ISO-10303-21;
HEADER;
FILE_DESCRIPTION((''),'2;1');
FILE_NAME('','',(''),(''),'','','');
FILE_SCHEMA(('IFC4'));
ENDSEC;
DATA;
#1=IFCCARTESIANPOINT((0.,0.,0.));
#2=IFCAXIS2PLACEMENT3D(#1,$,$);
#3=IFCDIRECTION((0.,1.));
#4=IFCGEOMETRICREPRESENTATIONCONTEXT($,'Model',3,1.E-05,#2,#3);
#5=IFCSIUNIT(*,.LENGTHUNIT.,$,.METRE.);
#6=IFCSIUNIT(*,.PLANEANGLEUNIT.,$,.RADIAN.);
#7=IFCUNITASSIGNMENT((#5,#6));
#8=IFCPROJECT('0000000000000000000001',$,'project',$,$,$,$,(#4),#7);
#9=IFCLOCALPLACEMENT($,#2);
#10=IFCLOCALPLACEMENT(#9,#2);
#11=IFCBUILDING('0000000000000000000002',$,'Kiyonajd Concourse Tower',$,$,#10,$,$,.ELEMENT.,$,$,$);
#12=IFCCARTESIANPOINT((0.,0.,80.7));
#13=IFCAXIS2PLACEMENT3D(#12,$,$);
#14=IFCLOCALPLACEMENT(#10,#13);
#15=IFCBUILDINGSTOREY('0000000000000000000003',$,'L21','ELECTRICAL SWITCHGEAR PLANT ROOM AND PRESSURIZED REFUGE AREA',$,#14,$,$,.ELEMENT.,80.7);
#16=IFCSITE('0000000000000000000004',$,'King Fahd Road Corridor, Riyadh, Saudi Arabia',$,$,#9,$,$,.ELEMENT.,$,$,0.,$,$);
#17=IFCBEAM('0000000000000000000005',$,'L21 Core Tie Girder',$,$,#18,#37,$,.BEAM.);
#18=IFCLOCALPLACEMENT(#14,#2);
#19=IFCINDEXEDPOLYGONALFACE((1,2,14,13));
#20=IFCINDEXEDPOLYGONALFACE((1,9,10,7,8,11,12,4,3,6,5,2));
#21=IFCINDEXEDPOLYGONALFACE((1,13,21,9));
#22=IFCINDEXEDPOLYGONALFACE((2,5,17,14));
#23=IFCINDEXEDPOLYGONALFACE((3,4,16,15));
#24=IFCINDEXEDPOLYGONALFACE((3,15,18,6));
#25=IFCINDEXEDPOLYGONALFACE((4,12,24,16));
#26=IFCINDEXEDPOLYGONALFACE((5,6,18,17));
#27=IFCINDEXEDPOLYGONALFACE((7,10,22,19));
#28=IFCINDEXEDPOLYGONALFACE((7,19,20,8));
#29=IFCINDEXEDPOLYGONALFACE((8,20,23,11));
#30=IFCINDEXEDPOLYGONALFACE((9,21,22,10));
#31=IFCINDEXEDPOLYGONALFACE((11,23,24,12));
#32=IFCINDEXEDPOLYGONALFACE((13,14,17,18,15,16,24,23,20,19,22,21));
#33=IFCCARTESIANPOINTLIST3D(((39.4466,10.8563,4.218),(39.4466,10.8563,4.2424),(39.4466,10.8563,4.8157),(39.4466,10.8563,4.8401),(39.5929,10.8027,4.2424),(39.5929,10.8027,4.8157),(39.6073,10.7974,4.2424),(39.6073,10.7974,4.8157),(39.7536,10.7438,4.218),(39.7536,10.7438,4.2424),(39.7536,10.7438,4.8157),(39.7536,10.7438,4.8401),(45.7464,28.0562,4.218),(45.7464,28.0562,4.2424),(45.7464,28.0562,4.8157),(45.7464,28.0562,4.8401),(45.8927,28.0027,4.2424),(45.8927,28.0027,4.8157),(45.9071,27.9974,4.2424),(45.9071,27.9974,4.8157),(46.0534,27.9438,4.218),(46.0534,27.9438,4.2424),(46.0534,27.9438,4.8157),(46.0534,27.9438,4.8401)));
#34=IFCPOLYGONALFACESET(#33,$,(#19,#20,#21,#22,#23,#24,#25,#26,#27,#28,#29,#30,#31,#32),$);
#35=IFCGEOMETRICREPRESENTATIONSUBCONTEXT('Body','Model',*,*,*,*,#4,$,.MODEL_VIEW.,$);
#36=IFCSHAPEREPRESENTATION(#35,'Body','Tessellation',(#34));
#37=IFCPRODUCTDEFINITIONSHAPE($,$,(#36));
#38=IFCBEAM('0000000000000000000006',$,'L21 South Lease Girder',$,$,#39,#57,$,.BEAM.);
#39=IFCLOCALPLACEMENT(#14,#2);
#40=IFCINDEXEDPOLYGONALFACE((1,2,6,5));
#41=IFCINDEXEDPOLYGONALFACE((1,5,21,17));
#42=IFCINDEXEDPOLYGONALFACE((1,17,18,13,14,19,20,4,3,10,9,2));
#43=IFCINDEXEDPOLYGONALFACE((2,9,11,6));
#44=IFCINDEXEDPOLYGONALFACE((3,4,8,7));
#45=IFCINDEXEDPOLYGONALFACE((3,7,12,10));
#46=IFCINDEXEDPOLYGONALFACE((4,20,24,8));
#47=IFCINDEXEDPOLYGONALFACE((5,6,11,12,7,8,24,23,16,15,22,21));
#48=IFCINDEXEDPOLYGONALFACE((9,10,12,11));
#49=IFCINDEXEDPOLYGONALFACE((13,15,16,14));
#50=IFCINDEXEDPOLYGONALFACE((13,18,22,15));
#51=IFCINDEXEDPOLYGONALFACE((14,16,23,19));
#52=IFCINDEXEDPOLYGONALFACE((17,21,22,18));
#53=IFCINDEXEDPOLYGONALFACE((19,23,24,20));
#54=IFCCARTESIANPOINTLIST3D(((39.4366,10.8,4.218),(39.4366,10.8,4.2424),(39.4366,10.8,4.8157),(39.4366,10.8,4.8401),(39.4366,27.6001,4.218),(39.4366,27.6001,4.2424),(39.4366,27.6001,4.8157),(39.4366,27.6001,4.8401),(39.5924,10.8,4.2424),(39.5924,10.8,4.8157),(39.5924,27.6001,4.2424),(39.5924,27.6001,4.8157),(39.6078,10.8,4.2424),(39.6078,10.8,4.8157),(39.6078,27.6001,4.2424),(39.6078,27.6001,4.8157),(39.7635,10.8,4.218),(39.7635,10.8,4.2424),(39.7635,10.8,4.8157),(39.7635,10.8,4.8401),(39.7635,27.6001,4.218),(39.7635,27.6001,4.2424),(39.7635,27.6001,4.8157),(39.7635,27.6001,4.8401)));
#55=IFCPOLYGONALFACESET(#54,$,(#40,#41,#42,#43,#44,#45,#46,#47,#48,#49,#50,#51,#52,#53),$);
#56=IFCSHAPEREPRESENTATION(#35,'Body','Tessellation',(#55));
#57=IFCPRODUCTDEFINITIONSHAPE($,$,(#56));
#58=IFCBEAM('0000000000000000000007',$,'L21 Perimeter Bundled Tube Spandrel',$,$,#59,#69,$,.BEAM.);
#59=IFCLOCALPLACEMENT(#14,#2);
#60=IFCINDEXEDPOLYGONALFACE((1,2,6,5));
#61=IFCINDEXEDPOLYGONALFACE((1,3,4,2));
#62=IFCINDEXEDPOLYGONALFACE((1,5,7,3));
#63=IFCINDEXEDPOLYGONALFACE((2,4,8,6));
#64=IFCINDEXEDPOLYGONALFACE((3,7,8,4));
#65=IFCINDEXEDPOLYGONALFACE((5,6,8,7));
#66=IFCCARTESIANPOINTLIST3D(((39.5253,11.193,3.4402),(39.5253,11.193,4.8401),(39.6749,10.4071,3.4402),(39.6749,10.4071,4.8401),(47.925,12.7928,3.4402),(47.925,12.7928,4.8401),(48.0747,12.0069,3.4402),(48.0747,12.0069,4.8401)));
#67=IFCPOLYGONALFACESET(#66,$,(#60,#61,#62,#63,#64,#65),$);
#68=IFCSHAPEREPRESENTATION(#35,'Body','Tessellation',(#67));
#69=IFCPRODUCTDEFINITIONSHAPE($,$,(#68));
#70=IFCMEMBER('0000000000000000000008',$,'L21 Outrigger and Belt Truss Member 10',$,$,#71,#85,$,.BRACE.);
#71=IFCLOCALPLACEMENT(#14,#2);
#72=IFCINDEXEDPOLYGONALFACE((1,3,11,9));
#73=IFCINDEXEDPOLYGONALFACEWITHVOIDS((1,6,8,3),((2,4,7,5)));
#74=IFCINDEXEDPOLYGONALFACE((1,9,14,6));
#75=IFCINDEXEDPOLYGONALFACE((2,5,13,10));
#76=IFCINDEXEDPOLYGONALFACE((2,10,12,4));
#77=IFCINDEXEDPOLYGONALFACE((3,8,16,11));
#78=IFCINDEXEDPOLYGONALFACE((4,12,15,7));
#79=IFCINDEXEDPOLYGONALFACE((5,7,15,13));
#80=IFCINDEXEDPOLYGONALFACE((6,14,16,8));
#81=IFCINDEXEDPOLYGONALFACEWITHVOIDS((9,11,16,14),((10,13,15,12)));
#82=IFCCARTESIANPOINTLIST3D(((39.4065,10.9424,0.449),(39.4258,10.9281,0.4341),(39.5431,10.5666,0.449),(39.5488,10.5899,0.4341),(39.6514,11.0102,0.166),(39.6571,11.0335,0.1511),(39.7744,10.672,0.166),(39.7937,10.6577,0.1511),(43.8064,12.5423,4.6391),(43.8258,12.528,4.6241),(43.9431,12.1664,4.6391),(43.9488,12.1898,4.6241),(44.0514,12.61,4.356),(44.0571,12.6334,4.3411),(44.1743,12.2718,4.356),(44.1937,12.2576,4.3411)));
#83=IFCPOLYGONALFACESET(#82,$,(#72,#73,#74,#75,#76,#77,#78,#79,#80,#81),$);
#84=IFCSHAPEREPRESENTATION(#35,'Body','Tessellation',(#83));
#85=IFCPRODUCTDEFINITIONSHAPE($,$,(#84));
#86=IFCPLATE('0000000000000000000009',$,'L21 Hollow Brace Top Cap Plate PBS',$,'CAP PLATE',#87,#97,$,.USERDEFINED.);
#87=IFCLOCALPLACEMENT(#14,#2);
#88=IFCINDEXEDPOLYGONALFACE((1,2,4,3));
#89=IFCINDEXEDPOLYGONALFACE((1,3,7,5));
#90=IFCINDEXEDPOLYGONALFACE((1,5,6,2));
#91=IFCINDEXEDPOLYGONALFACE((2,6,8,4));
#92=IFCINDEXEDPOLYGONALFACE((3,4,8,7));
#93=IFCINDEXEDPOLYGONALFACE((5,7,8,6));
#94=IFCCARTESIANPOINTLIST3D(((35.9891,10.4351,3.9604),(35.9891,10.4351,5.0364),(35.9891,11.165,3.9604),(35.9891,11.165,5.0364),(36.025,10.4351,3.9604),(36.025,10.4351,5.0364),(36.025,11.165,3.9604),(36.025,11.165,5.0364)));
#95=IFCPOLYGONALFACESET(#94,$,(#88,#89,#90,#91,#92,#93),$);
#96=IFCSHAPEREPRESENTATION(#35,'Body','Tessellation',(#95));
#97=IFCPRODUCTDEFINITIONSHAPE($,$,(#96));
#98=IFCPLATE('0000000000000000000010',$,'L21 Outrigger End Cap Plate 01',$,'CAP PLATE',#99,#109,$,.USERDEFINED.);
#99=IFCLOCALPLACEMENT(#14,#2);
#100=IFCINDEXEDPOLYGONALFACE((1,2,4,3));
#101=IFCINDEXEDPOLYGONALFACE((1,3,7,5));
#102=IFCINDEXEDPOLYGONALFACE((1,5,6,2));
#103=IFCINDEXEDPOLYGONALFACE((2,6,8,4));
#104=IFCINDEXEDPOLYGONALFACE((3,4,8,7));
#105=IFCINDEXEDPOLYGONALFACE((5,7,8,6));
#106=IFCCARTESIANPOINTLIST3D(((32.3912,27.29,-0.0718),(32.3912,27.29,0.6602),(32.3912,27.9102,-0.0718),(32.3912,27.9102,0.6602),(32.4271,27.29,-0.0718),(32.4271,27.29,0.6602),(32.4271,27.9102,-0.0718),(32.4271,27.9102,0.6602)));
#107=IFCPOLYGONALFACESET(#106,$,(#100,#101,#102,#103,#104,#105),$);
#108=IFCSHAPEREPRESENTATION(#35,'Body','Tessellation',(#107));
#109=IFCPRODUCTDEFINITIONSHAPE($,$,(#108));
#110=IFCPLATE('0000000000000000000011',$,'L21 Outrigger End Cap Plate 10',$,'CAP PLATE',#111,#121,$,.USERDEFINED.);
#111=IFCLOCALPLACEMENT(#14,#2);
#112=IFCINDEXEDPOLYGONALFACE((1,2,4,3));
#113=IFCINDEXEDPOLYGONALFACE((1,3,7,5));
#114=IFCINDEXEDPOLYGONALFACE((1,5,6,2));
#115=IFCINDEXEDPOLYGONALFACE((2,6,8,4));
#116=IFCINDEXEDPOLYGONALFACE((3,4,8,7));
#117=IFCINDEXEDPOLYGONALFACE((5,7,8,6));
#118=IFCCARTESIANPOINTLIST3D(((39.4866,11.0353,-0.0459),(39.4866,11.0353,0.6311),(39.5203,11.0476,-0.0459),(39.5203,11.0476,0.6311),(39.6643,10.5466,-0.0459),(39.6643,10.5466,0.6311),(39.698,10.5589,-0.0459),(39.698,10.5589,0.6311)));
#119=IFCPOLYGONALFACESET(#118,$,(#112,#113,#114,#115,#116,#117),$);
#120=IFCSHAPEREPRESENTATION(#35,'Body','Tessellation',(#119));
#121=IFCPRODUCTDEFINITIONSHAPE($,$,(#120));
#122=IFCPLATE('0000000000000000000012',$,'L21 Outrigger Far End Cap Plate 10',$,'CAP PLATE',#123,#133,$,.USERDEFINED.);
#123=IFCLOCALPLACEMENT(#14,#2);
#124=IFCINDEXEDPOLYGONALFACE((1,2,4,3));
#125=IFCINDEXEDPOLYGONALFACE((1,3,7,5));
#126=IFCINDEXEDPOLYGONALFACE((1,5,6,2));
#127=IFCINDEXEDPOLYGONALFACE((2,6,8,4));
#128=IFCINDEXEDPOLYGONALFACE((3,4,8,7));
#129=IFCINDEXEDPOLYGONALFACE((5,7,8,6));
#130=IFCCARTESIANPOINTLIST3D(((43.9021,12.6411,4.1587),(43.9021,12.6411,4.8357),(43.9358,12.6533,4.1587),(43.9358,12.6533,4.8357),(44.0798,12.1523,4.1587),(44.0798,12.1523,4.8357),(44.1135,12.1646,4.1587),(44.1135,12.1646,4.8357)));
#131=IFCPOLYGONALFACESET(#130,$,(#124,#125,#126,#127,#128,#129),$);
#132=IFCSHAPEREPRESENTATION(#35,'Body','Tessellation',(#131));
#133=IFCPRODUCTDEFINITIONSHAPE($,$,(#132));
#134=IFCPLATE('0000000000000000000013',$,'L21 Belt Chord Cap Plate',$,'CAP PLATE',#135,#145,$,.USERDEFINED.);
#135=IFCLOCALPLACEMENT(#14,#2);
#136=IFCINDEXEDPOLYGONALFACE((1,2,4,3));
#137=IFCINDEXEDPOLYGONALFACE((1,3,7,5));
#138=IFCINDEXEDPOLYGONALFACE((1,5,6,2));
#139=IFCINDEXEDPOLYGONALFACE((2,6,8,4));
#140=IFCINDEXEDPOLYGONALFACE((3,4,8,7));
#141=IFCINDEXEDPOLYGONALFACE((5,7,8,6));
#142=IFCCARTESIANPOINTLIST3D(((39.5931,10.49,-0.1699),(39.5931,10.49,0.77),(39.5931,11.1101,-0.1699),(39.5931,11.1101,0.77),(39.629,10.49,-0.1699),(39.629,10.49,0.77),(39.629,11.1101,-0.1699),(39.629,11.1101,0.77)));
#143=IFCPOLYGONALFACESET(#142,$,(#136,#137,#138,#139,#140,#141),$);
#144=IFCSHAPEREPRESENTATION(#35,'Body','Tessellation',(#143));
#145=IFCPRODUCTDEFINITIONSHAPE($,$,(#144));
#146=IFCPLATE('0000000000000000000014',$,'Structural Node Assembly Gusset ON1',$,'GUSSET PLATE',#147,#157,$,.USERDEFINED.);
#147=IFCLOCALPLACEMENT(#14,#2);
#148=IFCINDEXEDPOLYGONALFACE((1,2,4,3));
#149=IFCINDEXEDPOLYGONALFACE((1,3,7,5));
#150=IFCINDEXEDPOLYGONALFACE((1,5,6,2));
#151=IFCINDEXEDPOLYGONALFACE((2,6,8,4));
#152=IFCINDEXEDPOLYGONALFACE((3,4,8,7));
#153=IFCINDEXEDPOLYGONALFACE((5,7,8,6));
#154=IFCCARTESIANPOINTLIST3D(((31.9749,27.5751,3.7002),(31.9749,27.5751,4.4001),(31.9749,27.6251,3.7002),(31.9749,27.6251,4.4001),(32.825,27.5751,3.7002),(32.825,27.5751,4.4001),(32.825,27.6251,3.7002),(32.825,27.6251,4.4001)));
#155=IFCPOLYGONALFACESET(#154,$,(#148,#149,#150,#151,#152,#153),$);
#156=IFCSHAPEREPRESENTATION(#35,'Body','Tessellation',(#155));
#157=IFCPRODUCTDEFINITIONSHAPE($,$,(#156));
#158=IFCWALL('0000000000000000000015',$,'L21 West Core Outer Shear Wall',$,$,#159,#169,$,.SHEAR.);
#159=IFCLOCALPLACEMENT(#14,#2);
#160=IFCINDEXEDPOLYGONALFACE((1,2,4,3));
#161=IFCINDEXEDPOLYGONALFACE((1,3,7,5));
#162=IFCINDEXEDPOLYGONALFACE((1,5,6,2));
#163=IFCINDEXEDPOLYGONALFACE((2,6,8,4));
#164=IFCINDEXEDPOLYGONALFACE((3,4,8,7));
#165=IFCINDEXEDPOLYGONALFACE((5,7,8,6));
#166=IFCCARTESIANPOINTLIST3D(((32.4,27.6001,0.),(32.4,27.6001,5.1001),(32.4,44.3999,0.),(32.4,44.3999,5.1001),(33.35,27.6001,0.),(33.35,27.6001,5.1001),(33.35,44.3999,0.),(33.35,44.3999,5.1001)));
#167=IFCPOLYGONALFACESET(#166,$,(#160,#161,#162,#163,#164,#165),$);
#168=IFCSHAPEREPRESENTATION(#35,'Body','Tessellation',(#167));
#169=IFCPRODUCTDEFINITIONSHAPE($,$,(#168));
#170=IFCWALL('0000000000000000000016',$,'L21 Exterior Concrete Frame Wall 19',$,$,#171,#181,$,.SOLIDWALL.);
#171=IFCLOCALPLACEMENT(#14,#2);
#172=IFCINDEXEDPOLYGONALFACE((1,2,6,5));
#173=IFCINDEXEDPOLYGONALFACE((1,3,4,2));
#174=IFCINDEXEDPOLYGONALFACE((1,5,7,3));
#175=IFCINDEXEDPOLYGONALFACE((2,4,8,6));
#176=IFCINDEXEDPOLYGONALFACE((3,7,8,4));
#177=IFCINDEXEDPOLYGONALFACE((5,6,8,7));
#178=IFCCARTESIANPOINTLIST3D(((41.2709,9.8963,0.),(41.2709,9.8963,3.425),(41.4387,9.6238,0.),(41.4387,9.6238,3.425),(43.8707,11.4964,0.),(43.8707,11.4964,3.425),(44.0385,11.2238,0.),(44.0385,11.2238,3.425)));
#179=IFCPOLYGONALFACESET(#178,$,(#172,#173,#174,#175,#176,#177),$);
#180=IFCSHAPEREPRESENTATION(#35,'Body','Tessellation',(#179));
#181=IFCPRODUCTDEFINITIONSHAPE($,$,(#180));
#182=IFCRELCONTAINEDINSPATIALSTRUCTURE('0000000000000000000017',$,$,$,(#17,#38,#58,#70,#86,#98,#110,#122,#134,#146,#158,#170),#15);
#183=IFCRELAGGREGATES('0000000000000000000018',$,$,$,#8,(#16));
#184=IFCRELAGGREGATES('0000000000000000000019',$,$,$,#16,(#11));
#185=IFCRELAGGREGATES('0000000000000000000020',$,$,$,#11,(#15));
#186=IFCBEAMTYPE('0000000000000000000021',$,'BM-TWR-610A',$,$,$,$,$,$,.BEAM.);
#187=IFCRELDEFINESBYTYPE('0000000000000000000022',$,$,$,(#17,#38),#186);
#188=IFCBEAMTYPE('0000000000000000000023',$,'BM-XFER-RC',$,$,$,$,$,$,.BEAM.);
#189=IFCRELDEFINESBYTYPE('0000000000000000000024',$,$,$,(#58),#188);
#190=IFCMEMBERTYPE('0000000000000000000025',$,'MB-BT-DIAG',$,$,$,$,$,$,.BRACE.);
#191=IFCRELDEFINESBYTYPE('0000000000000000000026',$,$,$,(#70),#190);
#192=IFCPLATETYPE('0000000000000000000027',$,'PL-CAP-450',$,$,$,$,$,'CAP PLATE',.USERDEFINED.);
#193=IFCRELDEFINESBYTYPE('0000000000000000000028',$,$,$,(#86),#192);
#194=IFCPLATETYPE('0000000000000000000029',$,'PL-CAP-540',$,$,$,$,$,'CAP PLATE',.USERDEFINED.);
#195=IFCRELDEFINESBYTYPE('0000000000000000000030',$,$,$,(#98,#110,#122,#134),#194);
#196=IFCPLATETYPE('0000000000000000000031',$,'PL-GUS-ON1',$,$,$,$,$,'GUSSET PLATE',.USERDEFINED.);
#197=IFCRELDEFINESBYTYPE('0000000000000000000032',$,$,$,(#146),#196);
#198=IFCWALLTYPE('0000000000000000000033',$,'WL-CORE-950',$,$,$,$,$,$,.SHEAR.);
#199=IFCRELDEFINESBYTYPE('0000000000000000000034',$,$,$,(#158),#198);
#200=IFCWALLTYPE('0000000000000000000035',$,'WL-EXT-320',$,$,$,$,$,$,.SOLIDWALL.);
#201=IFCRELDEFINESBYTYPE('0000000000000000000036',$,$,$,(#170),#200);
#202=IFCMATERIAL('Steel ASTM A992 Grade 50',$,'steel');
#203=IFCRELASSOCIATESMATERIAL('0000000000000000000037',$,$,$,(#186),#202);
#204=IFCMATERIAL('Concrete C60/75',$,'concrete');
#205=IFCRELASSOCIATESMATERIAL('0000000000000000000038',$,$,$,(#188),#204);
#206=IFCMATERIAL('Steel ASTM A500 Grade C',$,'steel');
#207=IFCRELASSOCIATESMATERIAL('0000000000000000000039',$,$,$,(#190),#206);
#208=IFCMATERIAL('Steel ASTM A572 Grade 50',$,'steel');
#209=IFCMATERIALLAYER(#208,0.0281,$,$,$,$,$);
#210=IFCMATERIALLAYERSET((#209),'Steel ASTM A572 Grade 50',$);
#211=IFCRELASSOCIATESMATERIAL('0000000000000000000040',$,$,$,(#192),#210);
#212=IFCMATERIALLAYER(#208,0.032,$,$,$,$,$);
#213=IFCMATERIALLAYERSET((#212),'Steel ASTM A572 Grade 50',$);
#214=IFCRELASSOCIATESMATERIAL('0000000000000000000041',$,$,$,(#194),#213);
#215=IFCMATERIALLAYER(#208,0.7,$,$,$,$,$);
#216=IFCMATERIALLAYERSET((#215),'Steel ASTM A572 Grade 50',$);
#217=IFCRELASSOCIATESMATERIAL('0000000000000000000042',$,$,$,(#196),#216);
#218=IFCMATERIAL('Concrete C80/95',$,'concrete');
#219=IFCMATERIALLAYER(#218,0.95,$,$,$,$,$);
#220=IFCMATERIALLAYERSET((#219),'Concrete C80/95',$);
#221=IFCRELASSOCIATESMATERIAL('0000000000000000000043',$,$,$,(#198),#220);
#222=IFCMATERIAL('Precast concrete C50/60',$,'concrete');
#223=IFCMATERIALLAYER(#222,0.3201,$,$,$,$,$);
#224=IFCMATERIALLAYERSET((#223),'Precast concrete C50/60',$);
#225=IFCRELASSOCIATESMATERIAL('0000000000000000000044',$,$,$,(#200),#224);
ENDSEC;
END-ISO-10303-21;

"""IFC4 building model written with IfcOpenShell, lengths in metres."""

from ifc_helpers import new_model, si_unit, direction, frame, frame_2d, origin, origin_2d, place, context, subcontext, project, spatial, rectangle, hollow_rectangle, i_section, extrude, material, layer, layer_set, material_profile, profile_set, type_object, element, save


model = new_model("IFC4")

# Units and contexts
model_context = context("Model", 3, precision=1e-05, world=origin(), true_north=direction((0.0, 1.0)))
body_context = subcontext(model_context, "Body", "Model", "MODEL_VIEW")
ifc_project = project(units=[si_unit("LENGTHUNIT", "METRE"), si_unit("PLANEANGLEUNIT", "RADIAN")], contexts=[model_context])

# Site, building, storey
site_placement = place(None, origin())
site = spatial("IfcSite", under=ifc_project, at=site_placement, Name="King Fahd Road Corridor, Riyadh, Saudi Arabia", CompositionType="ELEMENT", RefElevation=0.0)
building_placement = place(site_placement, origin())
building = spatial("IfcBuilding", under=site, at=building_placement, Name="Kiyonajd Concourse Tower", CompositionType="ELEMENT")
storey_placement = place(building_placement, frame((0.0, 0.0, 80.7)))
storey = spatial("IfcBuildingStorey", under=building, at=storey_placement, Name="L21", Description="ELECTRICAL SWITCHGEAR PLANT ROOM AND PRESSURIZED REFUGE AREA", CompositionType="ELEMENT", Elevation=80.7)

# Shared definitions
ifc_material_1 = material(Name="Concrete C80/95", Category="concrete")

# Beams
ifc_material_2 = material(Name="Steel ASTM A992 Grade 50", Category="steel")
ifc_material_profile_1 = material_profile(ifc_material_2, i_section(OverallWidth=0.3269, OverallDepth=0.6221, WebThickness=0.0154, FlangeThickness=0.0244, at=origin_2d()), Name="W610X195")
ifc_profile_set_1 = profile_set([ifc_material_profile_1], Name="Steel ASTM A992 Grade 50")
beam_type_1 = type_object("IfcBeamType", Name="BM-TWR-610A", PredefinedType="BEAM", material=ifc_profile_set_1)
beam_1_placement = place(storey_placement, frame((39.6001, 10.8, 4.5291), z_axis=(0.343925, 0.938997, 0.0), x_axis=(-0.938997, 0.343925, 0.0)))
element("IfcBeam", 1, at=beam_1_placement, inside=storey, type_object=beam_type_1, Name="L21 Core Tie Girder", PredefinedType="BEAM", context=body_context, shape_type="SweptSolid", body=[
    extrude(i_section(OverallWidth=0.3269, OverallDepth=0.6221, WebThickness=0.0154, FlangeThickness=0.0244, at=origin_2d()), origin(), (0.0, 0.0, 1.0), 18.3174),
])
beam_2_placement = place(storey_placement, frame((39.6001, 10.8, 4.5291), z_axis=(0.0, 1.0, 0.0), x_axis=(-1.0, 0.0, 0.0)))
element("IfcBeam", 2, at=beam_2_placement, inside=storey, type_object=beam_type_1, Name="L21 South Lease Girder", PredefinedType="BEAM", context=body_context, shape_type="SweptSolid", body=[
    extrude(i_section(OverallWidth=0.3269, OverallDepth=0.6221, WebThickness=0.0154, FlangeThickness=0.0244, at=origin_2d()), origin(), (0.0, 0.0, 1.0), 16.8),
])
ifc_material_3 = material(Name="Concrete C60/75", Category="concrete")
ifc_material_profile_2 = material_profile(ifc_material_3, rectangle(XDim=0.8, YDim=1.3999, at=origin_2d()), Name="RCBM-800x1400")
ifc_profile_set_2 = profile_set([ifc_material_profile_2], Name="Concrete C60/75")
beam_type_2 = type_object("IfcBeamType", Name="BM-XFER-RC", PredefinedType="BEAM", material=ifc_profile_set_2)
beam_3_placement = place(storey_placement, frame((39.6001, 10.8, 4.1401), z_axis=(0.982341, 0.187098, 0.0), x_axis=(-0.187098, 0.982341, 0.0)))
element("IfcBeam", 3, at=beam_3_placement, inside=storey, type_object=beam_type_2, Name="L21 Perimeter Bundled Tube Spandrel", PredefinedType="BEAM", context=body_context, shape_type="SweptSolid", body=[
    extrude(rectangle(XDim=0.8, YDim=1.3999, at=origin_2d()), origin(), (0.0, 0.0, 1.0), 8.5508),
])

# Member
ifc_material_4 = material(Name="Steel ASTM A500 Grade C", Category="steel")
ifc_material_profile_3 = material_profile(ifc_material_4, hollow_rectangle(XDim=0.3999, YDim=0.3999, WallThickness=0.02, at=origin_2d()), Name="HSS-400x400x20")
ifc_profile_set_3 = profile_set([ifc_material_profile_3], Name="Steel ASTM A500 Grade C")
member_type = type_object("IfcMemberType", Name="MB-BT-DIAG", PredefinedType="BRACE", material=ifc_profile_set_3)
member_placement = place(storey_placement, frame((39.6001, 10.8, 0.3), z_axis=(0.700303, 0.254638, 0.666885), x_axis=(-0.341722, 0.939801, 0.0)))
element("IfcMember", 4, at=member_placement, inside=storey, type_object=member_type, Name="L21 Outrigger and Belt Truss Member 10", PredefinedType="BRACE", context=body_context, shape_type="SweptSolid", body=[
    extrude(hollow_rectangle(XDim=0.3999, YDim=0.3999, WallThickness=0.02, at=origin_2d()), origin(), (0.0, 0.0, 1.0), 6.283),
])

# Plates
ifc_material_5 = material(Name="Steel ASTM A572 Grade 50", Category="steel")
ifc_layer_1 = layer(ifc_material_5, 0.0281)
ifc_layer_set_1 = layer_set([ifc_layer_1], Name="Steel ASTM A572 Grade 50")
plate_type_1 = type_object("IfcPlateType", Name="PL-CAP-450", ElementType="CAP PLATE", PredefinedType="USERDEFINED", material=ifc_layer_set_1)
plate_1_placement = place(storey_placement, frame((36.0071, 10.8, 3.9604), z_axis=(0.0, 0.0, 1.0), x_axis=(1.0, 0.0, 0.0)))
element("IfcPlate", 5, at=plate_1_placement, inside=storey, type_object=plate_type_1, Name="L21 Hollow Brace Top Cap Plate PBS", ObjectType="CAP PLATE", PredefinedType="USERDEFINED", context=body_context, shape_type="SweptSolid", body=[
    extrude(rectangle(XDim=0.0359, YDim=0.73, at=origin_2d()), origin(), (0.0, 0.0, 1.0), 1.0759),
])
ifc_layer_2 = layer(ifc_material_5, 0.032)
ifc_layer_set_2 = layer_set([ifc_layer_2], Name="Steel ASTM A572 Grade 50")
plate_type_2 = type_object("IfcPlateType", Name="PL-CAP-540", ElementType="CAP PLATE", PredefinedType="USERDEFINED", material=ifc_layer_set_2)
plate_2_placement = place(storey_placement, frame((32.4092, 27.6001, -0.0718), z_axis=(0.0, 0.0, 1.0), x_axis=(1.0, 0.0, 0.0)))
element("IfcPlate", 6, at=plate_2_placement, inside=storey, type_object=plate_type_2, Name="L21 Outrigger End Cap Plate 01", ObjectType="CAP PLATE", PredefinedType="USERDEFINED", context=body_context, shape_type="SweptSolid", body=[
    extrude(rectangle(XDim=0.0359, YDim=0.6201, at=origin_2d()), origin(), (0.0, 0.0, 1.0), 0.7319),
])
for number, where, z_axis, x_axis, name in (
    (7, (39.5923, 10.7971, -0.0459), (0.0, 0.0, 1.0), (-0.939812, -0.341692, 0.0), "L21 Outrigger End Cap Plate 10"),
    (8, (44.0078, 12.4028, 4.1587), (0.0, 0.0, 1.0), (0.939812, 0.341692, 0.0), "L21 Outrigger Far End Cap Plate 10"),
):
    element("IfcPlate", number, at=place(storey_placement, frame(where, z_axis=z_axis, x_axis=x_axis)), inside=storey, type_object=plate_type_2, Name=name, ObjectType="CAP PLATE", PredefinedType="USERDEFINED", context=body_context, shape_type="SweptSolid", body=[
        extrude(rectangle(XDim=0.0359, YDim=0.52, at=origin_2d()), origin(), (0.0, 0.0, 1.0), 0.677),
    ])
plate_3_placement = place(storey_placement, frame((39.6111, 10.8, -0.1699), z_axis=(0.0, 0.0, 1.0), x_axis=(1.0, 0.0, 0.0)))
element("IfcPlate", 9, at=plate_3_placement, inside=storey, type_object=plate_type_2, Name="L21 Belt Chord Cap Plate", ObjectType="CAP PLATE", PredefinedType="USERDEFINED", context=body_context, shape_type="SweptSolid", body=[
    extrude(rectangle(XDim=0.0359, YDim=0.6201, at=origin_2d()), origin(), (0.0, 0.0, 1.0), 0.9399),
])
ifc_layer_3 = layer(ifc_material_5, 0.7)
ifc_layer_set_3 = layer_set([ifc_layer_3], Name="Steel ASTM A572 Grade 50")
plate_type_3 = type_object("IfcPlateType", Name="PL-GUS-ON1", ElementType="GUSSET PLATE", PredefinedType="USERDEFINED", material=ifc_layer_set_3)
plate_4_placement = place(storey_placement, frame((32.3999, 27.6001, 3.7002), z_axis=(0.0, 0.0, 1.0), x_axis=(1.0, 0.0, 0.0)))
element("IfcPlate", 10, at=plate_4_placement, inside=storey, type_object=plate_type_3, Name="Structural Node Assembly Gusset ON1", ObjectType="GUSSET PLATE", PredefinedType="USERDEFINED", context=body_context, shape_type="SweptSolid", body=[
    extrude(rectangle(XDim=0.8501, YDim=0.05, at=origin_2d()), origin(), (0.0, 0.0, 1.0), 0.7),
])

# Walls
ifc_layer_4 = layer(ifc_material_1, 0.95)
ifc_layer_set_4 = layer_set([ifc_layer_4], Name="Concrete C80/95")
wall_type_1 = type_object("IfcWallType", Name="WL-CORE-950", PredefinedType="SHEAR", material=ifc_layer_set_4)
wall_1_placement = place(storey_placement, frame((32.875, 27.6001, 0.0), z_axis=(0.0, 0.0, 1.0), x_axis=(0.0, 1.0, 0.0)))
element("IfcWall", 11, at=wall_1_placement, inside=storey, type_object=wall_type_1, Name="L21 West Core Outer Shear Wall", PredefinedType="SHEAR", context=body_context, shape_type="SweptSolid", body=[
    extrude(rectangle(XDim=16.7998, YDim=0.95, at=frame_2d((8.3999, 0.0))), origin(), (0.0, 0.0, 1.0), 5.1001),
])
ifc_material_6 = material(Name="Precast concrete C50/60", Category="concrete")
ifc_layer_5 = layer(ifc_material_6, 0.3201)
ifc_layer_set_5 = layer_set([ifc_layer_5], Name="Precast concrete C50/60")
wall_type_2 = type_object("IfcWallType", Name="WL-EXT-320", PredefinedType="SOLIDWALL", material=ifc_layer_set_5)
wall_2_placement = place(storey_placement, frame((43.9546, 11.3601, 0.0), z_axis=(0.0, 0.0, 1.0), x_axis=(-0.851631, -0.524142, 0.0)))
element("IfcWall", 12, at=wall_2_placement, inside=storey, type_object=wall_type_2, Name="L21 Exterior Concrete Frame Wall 19", PredefinedType="SOLIDWALL", context=body_context, shape_type="SweptSolid", body=[
    extrude(rectangle(XDim=3.0527, YDim=0.3201, at=frame_2d((1.5264, 0.0))), origin(), (0.0, 0.0, 1.0), 3.425),
])

save(model, "model.ifc")
